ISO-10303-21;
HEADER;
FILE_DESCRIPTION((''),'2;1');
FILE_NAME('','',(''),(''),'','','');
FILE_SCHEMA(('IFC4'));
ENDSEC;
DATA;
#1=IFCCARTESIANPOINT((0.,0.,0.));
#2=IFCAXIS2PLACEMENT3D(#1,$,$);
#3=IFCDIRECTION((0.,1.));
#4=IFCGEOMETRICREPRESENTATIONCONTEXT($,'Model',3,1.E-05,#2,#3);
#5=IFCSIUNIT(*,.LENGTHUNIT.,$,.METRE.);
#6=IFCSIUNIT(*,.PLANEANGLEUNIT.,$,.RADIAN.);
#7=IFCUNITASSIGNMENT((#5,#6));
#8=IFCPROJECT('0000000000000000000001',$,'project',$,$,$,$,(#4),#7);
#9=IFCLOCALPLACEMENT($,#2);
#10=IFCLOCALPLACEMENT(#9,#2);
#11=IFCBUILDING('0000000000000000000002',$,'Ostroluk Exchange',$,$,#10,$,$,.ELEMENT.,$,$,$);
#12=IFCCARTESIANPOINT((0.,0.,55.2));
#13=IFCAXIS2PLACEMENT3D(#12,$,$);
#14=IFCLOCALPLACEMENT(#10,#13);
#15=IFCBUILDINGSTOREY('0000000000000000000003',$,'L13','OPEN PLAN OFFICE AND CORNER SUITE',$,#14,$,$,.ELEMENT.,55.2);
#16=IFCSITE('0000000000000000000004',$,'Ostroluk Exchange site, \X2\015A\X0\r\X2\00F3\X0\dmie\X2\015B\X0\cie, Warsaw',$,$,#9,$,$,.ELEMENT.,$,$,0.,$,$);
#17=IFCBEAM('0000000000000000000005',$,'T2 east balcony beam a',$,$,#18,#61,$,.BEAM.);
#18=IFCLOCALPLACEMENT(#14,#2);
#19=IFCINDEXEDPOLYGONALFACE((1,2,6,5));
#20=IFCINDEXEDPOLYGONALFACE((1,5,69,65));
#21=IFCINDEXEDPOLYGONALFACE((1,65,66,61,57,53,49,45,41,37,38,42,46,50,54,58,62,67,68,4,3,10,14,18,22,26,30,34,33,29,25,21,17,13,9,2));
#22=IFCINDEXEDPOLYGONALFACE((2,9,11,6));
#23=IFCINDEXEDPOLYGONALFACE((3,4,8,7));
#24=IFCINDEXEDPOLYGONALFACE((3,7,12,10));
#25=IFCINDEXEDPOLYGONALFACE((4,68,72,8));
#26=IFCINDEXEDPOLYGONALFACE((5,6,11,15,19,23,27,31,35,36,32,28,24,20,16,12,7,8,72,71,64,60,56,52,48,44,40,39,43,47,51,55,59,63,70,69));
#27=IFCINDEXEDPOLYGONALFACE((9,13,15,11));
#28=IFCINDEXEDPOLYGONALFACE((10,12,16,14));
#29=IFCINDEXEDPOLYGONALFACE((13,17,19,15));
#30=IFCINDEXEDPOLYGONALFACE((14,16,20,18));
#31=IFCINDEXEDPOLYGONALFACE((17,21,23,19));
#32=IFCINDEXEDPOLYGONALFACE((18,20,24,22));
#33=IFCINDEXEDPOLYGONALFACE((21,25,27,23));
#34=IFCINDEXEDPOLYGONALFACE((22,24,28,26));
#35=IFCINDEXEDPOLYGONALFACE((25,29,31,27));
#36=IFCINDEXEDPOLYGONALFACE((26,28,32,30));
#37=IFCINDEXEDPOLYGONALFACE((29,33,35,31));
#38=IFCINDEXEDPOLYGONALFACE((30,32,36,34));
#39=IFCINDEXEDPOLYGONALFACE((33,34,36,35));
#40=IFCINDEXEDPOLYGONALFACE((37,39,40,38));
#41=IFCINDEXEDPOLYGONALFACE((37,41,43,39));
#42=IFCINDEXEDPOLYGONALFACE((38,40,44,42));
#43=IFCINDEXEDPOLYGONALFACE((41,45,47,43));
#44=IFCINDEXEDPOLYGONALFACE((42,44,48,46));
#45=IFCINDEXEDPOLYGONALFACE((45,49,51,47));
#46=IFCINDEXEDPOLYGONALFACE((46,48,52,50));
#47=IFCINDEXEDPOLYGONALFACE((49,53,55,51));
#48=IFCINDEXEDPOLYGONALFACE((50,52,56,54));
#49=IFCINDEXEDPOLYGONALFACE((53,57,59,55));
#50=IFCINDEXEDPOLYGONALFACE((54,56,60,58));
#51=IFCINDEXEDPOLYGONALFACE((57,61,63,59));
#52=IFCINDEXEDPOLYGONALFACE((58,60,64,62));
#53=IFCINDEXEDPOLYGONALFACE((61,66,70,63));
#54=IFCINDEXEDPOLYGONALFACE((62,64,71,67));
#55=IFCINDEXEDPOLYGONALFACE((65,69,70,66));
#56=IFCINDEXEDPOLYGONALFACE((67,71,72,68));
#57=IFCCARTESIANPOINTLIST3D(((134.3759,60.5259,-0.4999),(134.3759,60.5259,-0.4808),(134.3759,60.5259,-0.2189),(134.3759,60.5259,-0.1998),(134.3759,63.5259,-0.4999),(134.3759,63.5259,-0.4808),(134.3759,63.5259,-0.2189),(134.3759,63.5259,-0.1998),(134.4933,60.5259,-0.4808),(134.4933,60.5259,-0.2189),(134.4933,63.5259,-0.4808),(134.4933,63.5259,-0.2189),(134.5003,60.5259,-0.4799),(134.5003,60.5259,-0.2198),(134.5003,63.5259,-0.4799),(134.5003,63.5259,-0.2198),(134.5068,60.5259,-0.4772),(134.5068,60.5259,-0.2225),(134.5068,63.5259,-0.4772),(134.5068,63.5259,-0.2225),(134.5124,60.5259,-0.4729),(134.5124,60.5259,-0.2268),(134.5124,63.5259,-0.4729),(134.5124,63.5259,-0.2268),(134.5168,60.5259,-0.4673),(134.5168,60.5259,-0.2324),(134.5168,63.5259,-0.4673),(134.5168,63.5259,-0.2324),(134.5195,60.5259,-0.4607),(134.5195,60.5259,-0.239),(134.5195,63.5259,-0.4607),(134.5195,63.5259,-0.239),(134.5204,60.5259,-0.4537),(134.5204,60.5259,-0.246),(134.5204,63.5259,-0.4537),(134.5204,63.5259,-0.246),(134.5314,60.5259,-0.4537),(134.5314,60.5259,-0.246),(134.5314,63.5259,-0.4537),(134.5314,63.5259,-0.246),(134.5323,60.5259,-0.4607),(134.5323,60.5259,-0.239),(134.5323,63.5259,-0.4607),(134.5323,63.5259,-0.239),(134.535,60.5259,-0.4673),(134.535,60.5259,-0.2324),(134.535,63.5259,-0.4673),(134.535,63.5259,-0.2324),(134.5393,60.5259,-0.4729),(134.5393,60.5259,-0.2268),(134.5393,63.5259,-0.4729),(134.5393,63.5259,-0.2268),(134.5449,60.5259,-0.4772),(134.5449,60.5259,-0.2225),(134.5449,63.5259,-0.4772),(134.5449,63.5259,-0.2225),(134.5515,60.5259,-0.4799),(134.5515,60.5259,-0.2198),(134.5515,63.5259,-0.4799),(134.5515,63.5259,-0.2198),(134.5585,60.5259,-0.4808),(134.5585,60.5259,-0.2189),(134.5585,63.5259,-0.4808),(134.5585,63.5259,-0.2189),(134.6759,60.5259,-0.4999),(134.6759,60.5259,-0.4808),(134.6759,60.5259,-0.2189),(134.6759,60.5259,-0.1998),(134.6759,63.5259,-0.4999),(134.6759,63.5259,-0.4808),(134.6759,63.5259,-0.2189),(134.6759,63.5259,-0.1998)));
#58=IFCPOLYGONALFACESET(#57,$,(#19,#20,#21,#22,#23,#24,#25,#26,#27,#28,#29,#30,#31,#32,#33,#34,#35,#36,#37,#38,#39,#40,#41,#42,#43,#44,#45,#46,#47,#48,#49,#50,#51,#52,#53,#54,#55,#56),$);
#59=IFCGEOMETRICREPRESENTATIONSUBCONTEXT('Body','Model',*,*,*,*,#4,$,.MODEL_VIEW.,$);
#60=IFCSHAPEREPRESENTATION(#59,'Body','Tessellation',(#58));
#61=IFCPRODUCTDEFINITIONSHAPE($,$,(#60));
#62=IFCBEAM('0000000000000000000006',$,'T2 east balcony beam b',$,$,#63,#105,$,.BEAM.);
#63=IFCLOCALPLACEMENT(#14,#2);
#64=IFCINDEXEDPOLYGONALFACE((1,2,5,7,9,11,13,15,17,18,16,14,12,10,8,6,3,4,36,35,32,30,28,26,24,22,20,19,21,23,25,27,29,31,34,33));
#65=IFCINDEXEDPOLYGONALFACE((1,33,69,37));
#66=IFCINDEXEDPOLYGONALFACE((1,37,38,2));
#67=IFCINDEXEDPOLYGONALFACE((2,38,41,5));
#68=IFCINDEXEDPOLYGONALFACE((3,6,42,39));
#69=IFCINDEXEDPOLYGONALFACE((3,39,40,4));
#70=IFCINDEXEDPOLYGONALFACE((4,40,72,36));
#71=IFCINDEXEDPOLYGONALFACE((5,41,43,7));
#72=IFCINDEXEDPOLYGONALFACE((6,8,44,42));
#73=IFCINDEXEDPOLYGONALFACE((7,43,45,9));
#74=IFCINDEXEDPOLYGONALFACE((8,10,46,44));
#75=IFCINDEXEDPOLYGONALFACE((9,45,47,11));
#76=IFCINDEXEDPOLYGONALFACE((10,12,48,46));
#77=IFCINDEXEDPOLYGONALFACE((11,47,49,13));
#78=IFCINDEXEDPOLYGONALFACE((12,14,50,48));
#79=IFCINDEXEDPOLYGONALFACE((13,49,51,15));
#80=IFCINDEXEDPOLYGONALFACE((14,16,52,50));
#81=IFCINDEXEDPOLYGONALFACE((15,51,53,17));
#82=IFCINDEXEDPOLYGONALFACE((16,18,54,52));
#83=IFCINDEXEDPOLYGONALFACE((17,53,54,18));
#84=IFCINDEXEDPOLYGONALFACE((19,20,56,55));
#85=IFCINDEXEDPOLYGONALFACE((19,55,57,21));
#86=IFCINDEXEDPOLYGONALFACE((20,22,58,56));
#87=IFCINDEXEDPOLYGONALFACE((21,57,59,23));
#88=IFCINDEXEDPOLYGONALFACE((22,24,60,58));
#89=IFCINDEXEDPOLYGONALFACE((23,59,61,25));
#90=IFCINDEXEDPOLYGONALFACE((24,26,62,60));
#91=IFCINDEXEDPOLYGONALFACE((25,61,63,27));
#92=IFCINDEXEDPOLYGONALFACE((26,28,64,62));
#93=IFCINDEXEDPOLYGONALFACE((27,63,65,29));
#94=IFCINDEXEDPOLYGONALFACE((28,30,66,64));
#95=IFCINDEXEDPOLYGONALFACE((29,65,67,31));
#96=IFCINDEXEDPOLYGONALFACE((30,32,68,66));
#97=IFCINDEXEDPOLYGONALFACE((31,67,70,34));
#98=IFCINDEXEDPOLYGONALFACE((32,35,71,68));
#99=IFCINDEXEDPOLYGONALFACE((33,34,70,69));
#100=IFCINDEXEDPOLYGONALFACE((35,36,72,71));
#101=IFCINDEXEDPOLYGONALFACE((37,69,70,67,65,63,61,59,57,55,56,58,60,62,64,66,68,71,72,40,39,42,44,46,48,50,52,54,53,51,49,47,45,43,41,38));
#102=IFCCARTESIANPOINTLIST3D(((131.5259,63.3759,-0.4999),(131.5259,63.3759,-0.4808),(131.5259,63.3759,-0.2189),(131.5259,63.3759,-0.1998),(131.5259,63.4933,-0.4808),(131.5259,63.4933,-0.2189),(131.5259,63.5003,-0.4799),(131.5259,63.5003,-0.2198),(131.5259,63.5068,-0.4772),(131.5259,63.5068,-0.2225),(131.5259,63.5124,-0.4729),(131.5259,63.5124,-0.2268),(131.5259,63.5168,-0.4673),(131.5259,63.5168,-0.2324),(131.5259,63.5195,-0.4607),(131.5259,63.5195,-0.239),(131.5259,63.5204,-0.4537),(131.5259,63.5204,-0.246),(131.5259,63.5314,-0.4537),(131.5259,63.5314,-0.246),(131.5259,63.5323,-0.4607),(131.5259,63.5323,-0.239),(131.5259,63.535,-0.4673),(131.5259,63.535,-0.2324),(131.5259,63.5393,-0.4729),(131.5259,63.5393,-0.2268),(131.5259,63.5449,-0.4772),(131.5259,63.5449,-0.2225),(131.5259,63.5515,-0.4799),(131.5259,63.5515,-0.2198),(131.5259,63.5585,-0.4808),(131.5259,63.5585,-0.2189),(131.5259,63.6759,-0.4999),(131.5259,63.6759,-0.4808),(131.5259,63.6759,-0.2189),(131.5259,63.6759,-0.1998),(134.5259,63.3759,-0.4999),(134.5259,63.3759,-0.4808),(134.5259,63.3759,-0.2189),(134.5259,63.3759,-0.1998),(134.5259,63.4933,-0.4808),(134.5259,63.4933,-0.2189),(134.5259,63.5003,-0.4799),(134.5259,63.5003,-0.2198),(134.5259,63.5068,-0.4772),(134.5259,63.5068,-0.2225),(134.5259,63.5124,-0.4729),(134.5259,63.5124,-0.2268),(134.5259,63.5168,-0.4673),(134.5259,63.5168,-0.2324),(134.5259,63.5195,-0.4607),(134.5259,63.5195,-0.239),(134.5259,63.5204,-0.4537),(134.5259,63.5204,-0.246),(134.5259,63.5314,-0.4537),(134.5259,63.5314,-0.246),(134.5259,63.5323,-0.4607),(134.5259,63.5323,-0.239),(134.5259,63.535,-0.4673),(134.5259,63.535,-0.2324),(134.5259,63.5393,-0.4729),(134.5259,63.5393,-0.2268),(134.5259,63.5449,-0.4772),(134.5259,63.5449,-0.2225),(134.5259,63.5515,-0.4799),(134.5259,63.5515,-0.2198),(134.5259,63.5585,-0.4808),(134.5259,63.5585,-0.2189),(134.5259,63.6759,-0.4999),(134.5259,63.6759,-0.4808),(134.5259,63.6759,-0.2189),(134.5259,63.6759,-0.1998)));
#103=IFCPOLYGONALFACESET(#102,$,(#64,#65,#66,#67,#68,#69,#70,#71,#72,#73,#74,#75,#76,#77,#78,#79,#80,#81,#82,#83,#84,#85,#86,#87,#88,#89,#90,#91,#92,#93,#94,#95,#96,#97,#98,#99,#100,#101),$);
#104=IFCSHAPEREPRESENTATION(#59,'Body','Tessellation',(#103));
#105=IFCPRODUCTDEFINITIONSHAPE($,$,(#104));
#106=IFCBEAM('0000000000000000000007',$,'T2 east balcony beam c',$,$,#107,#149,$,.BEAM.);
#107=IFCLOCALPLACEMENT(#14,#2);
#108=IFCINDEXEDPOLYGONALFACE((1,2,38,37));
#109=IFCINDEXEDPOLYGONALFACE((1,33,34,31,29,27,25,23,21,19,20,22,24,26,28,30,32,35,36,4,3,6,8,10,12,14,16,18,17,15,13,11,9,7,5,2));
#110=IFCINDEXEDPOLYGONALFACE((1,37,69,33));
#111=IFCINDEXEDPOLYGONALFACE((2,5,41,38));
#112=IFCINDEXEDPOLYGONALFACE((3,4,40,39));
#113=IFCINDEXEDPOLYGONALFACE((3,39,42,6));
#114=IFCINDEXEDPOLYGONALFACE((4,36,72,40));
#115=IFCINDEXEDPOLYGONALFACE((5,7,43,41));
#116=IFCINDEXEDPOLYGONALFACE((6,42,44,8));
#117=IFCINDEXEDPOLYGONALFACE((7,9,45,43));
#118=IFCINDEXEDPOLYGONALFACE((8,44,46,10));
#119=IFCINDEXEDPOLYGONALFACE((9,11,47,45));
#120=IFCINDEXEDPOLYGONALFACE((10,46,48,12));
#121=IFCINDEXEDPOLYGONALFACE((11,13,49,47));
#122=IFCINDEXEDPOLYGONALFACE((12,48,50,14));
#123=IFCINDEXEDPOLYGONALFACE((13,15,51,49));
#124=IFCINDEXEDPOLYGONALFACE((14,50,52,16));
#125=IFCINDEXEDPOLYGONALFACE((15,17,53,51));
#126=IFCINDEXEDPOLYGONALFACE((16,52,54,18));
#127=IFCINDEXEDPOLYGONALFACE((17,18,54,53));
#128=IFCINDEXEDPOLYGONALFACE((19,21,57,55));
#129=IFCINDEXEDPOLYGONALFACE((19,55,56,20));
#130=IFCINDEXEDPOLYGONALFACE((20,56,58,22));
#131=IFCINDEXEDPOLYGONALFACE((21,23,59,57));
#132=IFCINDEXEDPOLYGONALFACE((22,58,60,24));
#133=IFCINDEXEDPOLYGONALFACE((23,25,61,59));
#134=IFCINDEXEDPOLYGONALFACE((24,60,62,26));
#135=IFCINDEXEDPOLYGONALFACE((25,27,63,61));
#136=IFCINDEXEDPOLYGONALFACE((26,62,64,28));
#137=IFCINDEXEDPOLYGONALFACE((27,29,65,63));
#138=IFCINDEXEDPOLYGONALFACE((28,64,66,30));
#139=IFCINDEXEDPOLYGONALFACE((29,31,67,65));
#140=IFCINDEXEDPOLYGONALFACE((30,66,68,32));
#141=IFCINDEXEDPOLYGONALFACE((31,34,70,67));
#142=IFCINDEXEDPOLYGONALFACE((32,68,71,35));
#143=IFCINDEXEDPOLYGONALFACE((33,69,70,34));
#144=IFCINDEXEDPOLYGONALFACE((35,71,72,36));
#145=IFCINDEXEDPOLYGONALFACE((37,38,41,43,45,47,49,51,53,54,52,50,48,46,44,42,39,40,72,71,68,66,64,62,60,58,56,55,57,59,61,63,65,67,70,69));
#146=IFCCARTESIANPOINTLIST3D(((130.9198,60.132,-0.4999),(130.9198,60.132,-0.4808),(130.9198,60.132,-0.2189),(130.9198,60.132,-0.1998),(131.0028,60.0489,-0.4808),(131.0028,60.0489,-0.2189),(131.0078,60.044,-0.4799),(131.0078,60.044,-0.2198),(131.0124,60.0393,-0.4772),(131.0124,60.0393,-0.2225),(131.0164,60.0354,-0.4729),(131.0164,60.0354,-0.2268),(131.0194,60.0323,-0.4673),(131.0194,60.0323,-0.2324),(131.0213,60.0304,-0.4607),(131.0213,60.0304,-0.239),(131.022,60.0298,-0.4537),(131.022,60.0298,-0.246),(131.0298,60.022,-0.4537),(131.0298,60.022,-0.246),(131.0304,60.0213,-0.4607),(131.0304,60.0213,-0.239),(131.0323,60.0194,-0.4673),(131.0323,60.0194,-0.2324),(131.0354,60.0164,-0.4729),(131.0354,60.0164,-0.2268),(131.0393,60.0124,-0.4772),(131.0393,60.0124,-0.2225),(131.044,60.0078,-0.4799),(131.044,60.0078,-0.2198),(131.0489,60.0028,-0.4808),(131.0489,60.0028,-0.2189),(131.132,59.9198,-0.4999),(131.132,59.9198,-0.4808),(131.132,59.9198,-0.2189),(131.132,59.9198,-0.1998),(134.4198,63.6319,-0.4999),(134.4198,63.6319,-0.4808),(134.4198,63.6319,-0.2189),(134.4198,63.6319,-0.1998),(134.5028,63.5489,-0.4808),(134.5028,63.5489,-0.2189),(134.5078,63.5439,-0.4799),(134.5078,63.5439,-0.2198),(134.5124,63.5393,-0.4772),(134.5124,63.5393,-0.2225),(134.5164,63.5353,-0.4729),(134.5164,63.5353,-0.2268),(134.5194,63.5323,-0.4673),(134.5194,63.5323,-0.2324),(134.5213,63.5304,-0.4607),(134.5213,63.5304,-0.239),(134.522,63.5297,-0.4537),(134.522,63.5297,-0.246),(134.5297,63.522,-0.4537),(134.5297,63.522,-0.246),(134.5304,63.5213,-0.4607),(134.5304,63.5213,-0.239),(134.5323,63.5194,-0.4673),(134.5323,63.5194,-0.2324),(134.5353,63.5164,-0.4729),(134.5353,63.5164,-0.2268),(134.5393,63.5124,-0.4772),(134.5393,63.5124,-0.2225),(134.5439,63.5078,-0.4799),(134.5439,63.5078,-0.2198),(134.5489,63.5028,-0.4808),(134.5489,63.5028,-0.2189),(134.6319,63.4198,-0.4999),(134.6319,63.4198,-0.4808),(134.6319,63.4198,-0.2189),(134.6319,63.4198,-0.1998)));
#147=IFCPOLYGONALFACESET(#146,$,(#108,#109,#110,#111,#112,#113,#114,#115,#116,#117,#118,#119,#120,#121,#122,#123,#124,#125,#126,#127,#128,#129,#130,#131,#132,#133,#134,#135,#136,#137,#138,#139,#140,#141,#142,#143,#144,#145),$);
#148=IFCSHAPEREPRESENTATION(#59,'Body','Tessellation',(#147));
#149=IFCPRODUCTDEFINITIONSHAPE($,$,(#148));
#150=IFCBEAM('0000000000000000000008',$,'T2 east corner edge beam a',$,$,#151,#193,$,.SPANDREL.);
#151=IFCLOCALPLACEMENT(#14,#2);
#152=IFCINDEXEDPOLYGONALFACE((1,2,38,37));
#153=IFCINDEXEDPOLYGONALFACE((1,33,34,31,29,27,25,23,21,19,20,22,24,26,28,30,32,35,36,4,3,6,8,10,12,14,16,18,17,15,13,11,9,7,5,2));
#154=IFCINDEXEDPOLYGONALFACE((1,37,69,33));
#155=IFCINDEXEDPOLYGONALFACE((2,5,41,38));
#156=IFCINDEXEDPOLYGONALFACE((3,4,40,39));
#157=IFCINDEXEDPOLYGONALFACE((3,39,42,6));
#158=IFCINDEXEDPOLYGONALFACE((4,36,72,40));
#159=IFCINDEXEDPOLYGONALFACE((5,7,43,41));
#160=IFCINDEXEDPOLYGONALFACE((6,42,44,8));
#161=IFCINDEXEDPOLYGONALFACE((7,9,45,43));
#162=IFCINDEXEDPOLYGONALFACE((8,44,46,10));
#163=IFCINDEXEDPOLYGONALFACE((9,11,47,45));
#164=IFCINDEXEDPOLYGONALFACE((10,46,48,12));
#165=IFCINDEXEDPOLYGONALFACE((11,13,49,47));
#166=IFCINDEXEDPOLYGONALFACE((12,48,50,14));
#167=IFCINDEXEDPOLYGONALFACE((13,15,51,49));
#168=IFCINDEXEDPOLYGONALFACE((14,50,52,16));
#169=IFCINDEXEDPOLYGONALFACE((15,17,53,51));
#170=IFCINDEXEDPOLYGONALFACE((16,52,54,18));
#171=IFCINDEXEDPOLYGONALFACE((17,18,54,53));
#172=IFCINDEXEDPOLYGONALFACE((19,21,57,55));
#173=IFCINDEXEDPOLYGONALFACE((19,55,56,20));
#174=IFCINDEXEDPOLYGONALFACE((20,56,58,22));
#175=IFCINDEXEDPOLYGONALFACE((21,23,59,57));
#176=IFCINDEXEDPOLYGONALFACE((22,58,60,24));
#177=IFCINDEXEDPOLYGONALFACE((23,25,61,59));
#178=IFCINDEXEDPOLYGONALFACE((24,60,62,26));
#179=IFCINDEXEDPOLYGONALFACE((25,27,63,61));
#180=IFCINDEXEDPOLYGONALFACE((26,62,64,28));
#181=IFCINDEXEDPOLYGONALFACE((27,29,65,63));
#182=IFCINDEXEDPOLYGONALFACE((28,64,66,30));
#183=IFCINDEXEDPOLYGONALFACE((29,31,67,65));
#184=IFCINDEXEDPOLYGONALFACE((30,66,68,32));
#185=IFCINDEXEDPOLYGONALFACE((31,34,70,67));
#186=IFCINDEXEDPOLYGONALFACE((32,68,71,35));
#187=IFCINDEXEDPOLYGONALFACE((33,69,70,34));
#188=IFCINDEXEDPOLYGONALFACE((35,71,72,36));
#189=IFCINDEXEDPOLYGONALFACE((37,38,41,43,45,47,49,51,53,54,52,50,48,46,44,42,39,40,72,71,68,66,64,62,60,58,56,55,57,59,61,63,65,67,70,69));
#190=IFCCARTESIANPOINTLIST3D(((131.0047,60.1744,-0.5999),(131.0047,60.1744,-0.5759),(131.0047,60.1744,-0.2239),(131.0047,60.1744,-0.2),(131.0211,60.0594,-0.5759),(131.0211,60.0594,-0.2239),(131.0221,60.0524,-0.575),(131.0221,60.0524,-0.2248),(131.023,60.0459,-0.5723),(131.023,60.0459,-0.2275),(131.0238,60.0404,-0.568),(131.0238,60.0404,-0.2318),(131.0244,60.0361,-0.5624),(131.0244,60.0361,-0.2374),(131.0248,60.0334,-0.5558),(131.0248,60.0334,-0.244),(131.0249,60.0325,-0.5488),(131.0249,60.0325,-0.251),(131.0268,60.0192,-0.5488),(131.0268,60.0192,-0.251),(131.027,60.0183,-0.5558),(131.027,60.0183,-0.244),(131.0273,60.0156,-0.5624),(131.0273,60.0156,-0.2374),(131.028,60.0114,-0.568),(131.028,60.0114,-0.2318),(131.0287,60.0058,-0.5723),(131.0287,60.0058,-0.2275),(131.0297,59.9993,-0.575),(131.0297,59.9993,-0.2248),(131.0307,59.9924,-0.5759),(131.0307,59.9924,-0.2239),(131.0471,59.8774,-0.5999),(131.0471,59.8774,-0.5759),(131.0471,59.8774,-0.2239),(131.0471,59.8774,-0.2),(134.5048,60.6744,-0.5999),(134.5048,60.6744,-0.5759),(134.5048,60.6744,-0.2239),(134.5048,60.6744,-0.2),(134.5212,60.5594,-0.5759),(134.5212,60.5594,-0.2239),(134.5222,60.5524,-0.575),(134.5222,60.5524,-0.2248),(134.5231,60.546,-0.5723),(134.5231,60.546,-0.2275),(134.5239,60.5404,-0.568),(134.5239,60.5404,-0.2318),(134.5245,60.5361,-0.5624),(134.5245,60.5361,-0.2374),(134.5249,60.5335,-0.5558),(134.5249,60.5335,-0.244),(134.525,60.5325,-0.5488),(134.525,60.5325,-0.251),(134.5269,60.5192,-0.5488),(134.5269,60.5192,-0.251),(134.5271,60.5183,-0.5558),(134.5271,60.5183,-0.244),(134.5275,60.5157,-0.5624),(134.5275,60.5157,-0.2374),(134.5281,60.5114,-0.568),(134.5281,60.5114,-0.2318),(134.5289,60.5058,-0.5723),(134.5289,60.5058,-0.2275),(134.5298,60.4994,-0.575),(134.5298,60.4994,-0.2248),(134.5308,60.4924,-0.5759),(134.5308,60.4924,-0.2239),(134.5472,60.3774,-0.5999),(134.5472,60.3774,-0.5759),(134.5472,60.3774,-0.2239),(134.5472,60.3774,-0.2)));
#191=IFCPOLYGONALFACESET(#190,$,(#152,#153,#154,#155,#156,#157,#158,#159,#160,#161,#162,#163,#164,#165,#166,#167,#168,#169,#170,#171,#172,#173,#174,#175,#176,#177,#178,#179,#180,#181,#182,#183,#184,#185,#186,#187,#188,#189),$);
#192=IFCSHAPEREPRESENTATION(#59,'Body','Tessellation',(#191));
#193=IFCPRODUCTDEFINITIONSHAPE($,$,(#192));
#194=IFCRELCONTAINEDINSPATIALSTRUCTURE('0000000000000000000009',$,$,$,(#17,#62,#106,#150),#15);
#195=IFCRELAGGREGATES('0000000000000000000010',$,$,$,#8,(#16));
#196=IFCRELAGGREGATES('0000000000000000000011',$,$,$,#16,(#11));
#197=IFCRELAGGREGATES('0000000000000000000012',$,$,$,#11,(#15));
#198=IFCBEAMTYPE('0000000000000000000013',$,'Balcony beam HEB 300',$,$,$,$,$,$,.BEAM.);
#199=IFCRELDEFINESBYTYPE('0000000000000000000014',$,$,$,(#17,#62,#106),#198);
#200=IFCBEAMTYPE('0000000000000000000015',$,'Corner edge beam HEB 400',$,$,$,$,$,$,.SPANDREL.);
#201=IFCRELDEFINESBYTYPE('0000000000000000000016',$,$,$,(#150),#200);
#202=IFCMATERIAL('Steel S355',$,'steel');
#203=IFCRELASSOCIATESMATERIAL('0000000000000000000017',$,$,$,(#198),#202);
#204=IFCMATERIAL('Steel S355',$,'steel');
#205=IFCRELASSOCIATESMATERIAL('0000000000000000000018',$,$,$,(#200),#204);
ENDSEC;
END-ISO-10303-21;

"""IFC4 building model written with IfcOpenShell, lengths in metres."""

from ifc_helpers import new_model, si_unit, direction, frame, origin, origin_2d, place, context, subcontext, project, spatial, i_section, extrude, material, material_profile, profile_set, type_object, element, save


model = new_model("IFC4")

# Units and contexts
model_context = context("Model", 3, precision=1e-05, world=origin(), true_north=direction((0.0, 1.0)))
body_context = subcontext(model_context, "Body", "Model", "MODEL_VIEW")
ifc_project = project(units=[si_unit("LENGTHUNIT", "METRE"), si_unit("PLANEANGLEUNIT", "RADIAN")], contexts=[model_context])

# Site, building, storey
site_placement = place(None, origin())
site = spatial("IfcSite", under=ifc_project, at=site_placement, Name="Ostroluk Exchange site, Śródmieście, Warsaw", CompositionType="ELEMENT", RefElevation=0.0)
building_placement = place(site_placement, origin())
building = spatial("IfcBuilding", under=site, at=building_placement, Name="Ostroluk Exchange", CompositionType="ELEMENT")
storey_placement = place(building_placement, frame((0.0, 0.0, 55.2)))
storey = spatial("IfcBuildingStorey", under=building, at=storey_placement, Name="L13", Description="OPEN PLAN OFFICE AND CORNER SUITE", CompositionType="ELEMENT", Elevation=55.2)

# Beams
ifc_material_1 = material(Name="Steel S355", Category="steel")
ifc_material_profile_1 = material_profile(ifc_material_1, i_section(OverallWidth=0.3, OverallDepth=0.3, WebThickness=0.011, FlangeThickness=0.019, FilletRadius=0.0271, at=origin_2d()), Name="HEB 300")
ifc_profile_set_1 = profile_set([ifc_material_profile_1], Name="Steel S355")
beam_type_1 = type_object("IfcBeamType", Name="Balcony beam HEB 300", PredefinedType="BEAM", material=ifc_profile_set_1)
for number, where, z_axis, x_axis, name in (
    (1, (134.5259, 60.5259, -0.3499), (0.0, 1.0, 0.0), (-1.0, 0.0, 0.0), "T2 east balcony beam a"),
    (2, (131.5259, 63.5259, -0.3499), (1.0, 0.0, 0.0), (0.0, 1.0, 0.0), "T2 east balcony beam b"),
):
    element("IfcBeam", number, at=place(storey_placement, frame(where, z_axis=z_axis, x_axis=x_axis)), inside=storey, type_object=beam_type_1, Name=name, PredefinedType="BEAM", context=body_context, shape_type="SweptSolid", body=[
        extrude(i_section(OverallWidth=0.3, OverallDepth=0.3, WebThickness=0.011, FlangeThickness=0.019, FilletRadius=0.0271, at=origin_2d()), origin(), (0.0, 0.0, 1.0), 3.0),
    ])
beam_1_placement = place(storey_placement, frame((131.0259, 60.0259, -0.3499), z_axis=(0.707107, 0.707107, 0.0), x_axis=(-0.707107, 0.707107, 0.0)))
element("IfcBeam", 3, at=beam_1_placement, inside=storey, type_object=beam_type_1, Name="T2 east balcony beam c", PredefinedType="BEAM", context=body_context, shape_type="SweptSolid", body=[
    extrude(i_section(OverallWidth=0.3, OverallDepth=0.3, WebThickness=0.011, FlangeThickness=0.019, FilletRadius=0.0271, at=origin_2d()), origin(), (0.0, 0.0, 1.0), 4.9497),
])
ifc_material_2 = material(Name="Steel S355", Category="steel")
ifc_material_profile_2 = material_profile(ifc_material_2, i_section(OverallWidth=0.3, OverallDepth=0.3999, WebThickness=0.0134, FlangeThickness=0.0239, FilletRadius=0.0271, at=origin_2d()), Name="HEB 400")
ifc_profile_set_2 = profile_set([ifc_material_profile_2], Name="Steel S355")
beam_type_2 = type_object("IfcBeamType", Name="Corner edge beam HEB 400", PredefinedType="SPANDREL", material=ifc_profile_set_2)
for number, where, z_axis, x_axis, name in (
    (4, (131.0259, 60.0259, -0.3999), (0.989949, 0.141421, 0.0), (-0.141421, 0.989949, 0.0), "T2 east corner edge beam a"),
):
    element("IfcBeam", number, at=place(storey_placement, frame(where, z_axis=z_axis, x_axis=x_axis)), inside=storey, type_object=beam_type_2, Name=name, PredefinedType="SPANDREL", context=body_context, shape_type="SweptSolid", body=[
        extrude(i_section(OverallWidth=0.3, OverallDepth=0.3999, WebThickness=0.0134, FlangeThickness=0.0239, FilletRadius=0.0271, at=origin_2d()), origin(), (0.0, 0.0, 1.0), 3.5356),
    ])

save(model, "model.ifc")
